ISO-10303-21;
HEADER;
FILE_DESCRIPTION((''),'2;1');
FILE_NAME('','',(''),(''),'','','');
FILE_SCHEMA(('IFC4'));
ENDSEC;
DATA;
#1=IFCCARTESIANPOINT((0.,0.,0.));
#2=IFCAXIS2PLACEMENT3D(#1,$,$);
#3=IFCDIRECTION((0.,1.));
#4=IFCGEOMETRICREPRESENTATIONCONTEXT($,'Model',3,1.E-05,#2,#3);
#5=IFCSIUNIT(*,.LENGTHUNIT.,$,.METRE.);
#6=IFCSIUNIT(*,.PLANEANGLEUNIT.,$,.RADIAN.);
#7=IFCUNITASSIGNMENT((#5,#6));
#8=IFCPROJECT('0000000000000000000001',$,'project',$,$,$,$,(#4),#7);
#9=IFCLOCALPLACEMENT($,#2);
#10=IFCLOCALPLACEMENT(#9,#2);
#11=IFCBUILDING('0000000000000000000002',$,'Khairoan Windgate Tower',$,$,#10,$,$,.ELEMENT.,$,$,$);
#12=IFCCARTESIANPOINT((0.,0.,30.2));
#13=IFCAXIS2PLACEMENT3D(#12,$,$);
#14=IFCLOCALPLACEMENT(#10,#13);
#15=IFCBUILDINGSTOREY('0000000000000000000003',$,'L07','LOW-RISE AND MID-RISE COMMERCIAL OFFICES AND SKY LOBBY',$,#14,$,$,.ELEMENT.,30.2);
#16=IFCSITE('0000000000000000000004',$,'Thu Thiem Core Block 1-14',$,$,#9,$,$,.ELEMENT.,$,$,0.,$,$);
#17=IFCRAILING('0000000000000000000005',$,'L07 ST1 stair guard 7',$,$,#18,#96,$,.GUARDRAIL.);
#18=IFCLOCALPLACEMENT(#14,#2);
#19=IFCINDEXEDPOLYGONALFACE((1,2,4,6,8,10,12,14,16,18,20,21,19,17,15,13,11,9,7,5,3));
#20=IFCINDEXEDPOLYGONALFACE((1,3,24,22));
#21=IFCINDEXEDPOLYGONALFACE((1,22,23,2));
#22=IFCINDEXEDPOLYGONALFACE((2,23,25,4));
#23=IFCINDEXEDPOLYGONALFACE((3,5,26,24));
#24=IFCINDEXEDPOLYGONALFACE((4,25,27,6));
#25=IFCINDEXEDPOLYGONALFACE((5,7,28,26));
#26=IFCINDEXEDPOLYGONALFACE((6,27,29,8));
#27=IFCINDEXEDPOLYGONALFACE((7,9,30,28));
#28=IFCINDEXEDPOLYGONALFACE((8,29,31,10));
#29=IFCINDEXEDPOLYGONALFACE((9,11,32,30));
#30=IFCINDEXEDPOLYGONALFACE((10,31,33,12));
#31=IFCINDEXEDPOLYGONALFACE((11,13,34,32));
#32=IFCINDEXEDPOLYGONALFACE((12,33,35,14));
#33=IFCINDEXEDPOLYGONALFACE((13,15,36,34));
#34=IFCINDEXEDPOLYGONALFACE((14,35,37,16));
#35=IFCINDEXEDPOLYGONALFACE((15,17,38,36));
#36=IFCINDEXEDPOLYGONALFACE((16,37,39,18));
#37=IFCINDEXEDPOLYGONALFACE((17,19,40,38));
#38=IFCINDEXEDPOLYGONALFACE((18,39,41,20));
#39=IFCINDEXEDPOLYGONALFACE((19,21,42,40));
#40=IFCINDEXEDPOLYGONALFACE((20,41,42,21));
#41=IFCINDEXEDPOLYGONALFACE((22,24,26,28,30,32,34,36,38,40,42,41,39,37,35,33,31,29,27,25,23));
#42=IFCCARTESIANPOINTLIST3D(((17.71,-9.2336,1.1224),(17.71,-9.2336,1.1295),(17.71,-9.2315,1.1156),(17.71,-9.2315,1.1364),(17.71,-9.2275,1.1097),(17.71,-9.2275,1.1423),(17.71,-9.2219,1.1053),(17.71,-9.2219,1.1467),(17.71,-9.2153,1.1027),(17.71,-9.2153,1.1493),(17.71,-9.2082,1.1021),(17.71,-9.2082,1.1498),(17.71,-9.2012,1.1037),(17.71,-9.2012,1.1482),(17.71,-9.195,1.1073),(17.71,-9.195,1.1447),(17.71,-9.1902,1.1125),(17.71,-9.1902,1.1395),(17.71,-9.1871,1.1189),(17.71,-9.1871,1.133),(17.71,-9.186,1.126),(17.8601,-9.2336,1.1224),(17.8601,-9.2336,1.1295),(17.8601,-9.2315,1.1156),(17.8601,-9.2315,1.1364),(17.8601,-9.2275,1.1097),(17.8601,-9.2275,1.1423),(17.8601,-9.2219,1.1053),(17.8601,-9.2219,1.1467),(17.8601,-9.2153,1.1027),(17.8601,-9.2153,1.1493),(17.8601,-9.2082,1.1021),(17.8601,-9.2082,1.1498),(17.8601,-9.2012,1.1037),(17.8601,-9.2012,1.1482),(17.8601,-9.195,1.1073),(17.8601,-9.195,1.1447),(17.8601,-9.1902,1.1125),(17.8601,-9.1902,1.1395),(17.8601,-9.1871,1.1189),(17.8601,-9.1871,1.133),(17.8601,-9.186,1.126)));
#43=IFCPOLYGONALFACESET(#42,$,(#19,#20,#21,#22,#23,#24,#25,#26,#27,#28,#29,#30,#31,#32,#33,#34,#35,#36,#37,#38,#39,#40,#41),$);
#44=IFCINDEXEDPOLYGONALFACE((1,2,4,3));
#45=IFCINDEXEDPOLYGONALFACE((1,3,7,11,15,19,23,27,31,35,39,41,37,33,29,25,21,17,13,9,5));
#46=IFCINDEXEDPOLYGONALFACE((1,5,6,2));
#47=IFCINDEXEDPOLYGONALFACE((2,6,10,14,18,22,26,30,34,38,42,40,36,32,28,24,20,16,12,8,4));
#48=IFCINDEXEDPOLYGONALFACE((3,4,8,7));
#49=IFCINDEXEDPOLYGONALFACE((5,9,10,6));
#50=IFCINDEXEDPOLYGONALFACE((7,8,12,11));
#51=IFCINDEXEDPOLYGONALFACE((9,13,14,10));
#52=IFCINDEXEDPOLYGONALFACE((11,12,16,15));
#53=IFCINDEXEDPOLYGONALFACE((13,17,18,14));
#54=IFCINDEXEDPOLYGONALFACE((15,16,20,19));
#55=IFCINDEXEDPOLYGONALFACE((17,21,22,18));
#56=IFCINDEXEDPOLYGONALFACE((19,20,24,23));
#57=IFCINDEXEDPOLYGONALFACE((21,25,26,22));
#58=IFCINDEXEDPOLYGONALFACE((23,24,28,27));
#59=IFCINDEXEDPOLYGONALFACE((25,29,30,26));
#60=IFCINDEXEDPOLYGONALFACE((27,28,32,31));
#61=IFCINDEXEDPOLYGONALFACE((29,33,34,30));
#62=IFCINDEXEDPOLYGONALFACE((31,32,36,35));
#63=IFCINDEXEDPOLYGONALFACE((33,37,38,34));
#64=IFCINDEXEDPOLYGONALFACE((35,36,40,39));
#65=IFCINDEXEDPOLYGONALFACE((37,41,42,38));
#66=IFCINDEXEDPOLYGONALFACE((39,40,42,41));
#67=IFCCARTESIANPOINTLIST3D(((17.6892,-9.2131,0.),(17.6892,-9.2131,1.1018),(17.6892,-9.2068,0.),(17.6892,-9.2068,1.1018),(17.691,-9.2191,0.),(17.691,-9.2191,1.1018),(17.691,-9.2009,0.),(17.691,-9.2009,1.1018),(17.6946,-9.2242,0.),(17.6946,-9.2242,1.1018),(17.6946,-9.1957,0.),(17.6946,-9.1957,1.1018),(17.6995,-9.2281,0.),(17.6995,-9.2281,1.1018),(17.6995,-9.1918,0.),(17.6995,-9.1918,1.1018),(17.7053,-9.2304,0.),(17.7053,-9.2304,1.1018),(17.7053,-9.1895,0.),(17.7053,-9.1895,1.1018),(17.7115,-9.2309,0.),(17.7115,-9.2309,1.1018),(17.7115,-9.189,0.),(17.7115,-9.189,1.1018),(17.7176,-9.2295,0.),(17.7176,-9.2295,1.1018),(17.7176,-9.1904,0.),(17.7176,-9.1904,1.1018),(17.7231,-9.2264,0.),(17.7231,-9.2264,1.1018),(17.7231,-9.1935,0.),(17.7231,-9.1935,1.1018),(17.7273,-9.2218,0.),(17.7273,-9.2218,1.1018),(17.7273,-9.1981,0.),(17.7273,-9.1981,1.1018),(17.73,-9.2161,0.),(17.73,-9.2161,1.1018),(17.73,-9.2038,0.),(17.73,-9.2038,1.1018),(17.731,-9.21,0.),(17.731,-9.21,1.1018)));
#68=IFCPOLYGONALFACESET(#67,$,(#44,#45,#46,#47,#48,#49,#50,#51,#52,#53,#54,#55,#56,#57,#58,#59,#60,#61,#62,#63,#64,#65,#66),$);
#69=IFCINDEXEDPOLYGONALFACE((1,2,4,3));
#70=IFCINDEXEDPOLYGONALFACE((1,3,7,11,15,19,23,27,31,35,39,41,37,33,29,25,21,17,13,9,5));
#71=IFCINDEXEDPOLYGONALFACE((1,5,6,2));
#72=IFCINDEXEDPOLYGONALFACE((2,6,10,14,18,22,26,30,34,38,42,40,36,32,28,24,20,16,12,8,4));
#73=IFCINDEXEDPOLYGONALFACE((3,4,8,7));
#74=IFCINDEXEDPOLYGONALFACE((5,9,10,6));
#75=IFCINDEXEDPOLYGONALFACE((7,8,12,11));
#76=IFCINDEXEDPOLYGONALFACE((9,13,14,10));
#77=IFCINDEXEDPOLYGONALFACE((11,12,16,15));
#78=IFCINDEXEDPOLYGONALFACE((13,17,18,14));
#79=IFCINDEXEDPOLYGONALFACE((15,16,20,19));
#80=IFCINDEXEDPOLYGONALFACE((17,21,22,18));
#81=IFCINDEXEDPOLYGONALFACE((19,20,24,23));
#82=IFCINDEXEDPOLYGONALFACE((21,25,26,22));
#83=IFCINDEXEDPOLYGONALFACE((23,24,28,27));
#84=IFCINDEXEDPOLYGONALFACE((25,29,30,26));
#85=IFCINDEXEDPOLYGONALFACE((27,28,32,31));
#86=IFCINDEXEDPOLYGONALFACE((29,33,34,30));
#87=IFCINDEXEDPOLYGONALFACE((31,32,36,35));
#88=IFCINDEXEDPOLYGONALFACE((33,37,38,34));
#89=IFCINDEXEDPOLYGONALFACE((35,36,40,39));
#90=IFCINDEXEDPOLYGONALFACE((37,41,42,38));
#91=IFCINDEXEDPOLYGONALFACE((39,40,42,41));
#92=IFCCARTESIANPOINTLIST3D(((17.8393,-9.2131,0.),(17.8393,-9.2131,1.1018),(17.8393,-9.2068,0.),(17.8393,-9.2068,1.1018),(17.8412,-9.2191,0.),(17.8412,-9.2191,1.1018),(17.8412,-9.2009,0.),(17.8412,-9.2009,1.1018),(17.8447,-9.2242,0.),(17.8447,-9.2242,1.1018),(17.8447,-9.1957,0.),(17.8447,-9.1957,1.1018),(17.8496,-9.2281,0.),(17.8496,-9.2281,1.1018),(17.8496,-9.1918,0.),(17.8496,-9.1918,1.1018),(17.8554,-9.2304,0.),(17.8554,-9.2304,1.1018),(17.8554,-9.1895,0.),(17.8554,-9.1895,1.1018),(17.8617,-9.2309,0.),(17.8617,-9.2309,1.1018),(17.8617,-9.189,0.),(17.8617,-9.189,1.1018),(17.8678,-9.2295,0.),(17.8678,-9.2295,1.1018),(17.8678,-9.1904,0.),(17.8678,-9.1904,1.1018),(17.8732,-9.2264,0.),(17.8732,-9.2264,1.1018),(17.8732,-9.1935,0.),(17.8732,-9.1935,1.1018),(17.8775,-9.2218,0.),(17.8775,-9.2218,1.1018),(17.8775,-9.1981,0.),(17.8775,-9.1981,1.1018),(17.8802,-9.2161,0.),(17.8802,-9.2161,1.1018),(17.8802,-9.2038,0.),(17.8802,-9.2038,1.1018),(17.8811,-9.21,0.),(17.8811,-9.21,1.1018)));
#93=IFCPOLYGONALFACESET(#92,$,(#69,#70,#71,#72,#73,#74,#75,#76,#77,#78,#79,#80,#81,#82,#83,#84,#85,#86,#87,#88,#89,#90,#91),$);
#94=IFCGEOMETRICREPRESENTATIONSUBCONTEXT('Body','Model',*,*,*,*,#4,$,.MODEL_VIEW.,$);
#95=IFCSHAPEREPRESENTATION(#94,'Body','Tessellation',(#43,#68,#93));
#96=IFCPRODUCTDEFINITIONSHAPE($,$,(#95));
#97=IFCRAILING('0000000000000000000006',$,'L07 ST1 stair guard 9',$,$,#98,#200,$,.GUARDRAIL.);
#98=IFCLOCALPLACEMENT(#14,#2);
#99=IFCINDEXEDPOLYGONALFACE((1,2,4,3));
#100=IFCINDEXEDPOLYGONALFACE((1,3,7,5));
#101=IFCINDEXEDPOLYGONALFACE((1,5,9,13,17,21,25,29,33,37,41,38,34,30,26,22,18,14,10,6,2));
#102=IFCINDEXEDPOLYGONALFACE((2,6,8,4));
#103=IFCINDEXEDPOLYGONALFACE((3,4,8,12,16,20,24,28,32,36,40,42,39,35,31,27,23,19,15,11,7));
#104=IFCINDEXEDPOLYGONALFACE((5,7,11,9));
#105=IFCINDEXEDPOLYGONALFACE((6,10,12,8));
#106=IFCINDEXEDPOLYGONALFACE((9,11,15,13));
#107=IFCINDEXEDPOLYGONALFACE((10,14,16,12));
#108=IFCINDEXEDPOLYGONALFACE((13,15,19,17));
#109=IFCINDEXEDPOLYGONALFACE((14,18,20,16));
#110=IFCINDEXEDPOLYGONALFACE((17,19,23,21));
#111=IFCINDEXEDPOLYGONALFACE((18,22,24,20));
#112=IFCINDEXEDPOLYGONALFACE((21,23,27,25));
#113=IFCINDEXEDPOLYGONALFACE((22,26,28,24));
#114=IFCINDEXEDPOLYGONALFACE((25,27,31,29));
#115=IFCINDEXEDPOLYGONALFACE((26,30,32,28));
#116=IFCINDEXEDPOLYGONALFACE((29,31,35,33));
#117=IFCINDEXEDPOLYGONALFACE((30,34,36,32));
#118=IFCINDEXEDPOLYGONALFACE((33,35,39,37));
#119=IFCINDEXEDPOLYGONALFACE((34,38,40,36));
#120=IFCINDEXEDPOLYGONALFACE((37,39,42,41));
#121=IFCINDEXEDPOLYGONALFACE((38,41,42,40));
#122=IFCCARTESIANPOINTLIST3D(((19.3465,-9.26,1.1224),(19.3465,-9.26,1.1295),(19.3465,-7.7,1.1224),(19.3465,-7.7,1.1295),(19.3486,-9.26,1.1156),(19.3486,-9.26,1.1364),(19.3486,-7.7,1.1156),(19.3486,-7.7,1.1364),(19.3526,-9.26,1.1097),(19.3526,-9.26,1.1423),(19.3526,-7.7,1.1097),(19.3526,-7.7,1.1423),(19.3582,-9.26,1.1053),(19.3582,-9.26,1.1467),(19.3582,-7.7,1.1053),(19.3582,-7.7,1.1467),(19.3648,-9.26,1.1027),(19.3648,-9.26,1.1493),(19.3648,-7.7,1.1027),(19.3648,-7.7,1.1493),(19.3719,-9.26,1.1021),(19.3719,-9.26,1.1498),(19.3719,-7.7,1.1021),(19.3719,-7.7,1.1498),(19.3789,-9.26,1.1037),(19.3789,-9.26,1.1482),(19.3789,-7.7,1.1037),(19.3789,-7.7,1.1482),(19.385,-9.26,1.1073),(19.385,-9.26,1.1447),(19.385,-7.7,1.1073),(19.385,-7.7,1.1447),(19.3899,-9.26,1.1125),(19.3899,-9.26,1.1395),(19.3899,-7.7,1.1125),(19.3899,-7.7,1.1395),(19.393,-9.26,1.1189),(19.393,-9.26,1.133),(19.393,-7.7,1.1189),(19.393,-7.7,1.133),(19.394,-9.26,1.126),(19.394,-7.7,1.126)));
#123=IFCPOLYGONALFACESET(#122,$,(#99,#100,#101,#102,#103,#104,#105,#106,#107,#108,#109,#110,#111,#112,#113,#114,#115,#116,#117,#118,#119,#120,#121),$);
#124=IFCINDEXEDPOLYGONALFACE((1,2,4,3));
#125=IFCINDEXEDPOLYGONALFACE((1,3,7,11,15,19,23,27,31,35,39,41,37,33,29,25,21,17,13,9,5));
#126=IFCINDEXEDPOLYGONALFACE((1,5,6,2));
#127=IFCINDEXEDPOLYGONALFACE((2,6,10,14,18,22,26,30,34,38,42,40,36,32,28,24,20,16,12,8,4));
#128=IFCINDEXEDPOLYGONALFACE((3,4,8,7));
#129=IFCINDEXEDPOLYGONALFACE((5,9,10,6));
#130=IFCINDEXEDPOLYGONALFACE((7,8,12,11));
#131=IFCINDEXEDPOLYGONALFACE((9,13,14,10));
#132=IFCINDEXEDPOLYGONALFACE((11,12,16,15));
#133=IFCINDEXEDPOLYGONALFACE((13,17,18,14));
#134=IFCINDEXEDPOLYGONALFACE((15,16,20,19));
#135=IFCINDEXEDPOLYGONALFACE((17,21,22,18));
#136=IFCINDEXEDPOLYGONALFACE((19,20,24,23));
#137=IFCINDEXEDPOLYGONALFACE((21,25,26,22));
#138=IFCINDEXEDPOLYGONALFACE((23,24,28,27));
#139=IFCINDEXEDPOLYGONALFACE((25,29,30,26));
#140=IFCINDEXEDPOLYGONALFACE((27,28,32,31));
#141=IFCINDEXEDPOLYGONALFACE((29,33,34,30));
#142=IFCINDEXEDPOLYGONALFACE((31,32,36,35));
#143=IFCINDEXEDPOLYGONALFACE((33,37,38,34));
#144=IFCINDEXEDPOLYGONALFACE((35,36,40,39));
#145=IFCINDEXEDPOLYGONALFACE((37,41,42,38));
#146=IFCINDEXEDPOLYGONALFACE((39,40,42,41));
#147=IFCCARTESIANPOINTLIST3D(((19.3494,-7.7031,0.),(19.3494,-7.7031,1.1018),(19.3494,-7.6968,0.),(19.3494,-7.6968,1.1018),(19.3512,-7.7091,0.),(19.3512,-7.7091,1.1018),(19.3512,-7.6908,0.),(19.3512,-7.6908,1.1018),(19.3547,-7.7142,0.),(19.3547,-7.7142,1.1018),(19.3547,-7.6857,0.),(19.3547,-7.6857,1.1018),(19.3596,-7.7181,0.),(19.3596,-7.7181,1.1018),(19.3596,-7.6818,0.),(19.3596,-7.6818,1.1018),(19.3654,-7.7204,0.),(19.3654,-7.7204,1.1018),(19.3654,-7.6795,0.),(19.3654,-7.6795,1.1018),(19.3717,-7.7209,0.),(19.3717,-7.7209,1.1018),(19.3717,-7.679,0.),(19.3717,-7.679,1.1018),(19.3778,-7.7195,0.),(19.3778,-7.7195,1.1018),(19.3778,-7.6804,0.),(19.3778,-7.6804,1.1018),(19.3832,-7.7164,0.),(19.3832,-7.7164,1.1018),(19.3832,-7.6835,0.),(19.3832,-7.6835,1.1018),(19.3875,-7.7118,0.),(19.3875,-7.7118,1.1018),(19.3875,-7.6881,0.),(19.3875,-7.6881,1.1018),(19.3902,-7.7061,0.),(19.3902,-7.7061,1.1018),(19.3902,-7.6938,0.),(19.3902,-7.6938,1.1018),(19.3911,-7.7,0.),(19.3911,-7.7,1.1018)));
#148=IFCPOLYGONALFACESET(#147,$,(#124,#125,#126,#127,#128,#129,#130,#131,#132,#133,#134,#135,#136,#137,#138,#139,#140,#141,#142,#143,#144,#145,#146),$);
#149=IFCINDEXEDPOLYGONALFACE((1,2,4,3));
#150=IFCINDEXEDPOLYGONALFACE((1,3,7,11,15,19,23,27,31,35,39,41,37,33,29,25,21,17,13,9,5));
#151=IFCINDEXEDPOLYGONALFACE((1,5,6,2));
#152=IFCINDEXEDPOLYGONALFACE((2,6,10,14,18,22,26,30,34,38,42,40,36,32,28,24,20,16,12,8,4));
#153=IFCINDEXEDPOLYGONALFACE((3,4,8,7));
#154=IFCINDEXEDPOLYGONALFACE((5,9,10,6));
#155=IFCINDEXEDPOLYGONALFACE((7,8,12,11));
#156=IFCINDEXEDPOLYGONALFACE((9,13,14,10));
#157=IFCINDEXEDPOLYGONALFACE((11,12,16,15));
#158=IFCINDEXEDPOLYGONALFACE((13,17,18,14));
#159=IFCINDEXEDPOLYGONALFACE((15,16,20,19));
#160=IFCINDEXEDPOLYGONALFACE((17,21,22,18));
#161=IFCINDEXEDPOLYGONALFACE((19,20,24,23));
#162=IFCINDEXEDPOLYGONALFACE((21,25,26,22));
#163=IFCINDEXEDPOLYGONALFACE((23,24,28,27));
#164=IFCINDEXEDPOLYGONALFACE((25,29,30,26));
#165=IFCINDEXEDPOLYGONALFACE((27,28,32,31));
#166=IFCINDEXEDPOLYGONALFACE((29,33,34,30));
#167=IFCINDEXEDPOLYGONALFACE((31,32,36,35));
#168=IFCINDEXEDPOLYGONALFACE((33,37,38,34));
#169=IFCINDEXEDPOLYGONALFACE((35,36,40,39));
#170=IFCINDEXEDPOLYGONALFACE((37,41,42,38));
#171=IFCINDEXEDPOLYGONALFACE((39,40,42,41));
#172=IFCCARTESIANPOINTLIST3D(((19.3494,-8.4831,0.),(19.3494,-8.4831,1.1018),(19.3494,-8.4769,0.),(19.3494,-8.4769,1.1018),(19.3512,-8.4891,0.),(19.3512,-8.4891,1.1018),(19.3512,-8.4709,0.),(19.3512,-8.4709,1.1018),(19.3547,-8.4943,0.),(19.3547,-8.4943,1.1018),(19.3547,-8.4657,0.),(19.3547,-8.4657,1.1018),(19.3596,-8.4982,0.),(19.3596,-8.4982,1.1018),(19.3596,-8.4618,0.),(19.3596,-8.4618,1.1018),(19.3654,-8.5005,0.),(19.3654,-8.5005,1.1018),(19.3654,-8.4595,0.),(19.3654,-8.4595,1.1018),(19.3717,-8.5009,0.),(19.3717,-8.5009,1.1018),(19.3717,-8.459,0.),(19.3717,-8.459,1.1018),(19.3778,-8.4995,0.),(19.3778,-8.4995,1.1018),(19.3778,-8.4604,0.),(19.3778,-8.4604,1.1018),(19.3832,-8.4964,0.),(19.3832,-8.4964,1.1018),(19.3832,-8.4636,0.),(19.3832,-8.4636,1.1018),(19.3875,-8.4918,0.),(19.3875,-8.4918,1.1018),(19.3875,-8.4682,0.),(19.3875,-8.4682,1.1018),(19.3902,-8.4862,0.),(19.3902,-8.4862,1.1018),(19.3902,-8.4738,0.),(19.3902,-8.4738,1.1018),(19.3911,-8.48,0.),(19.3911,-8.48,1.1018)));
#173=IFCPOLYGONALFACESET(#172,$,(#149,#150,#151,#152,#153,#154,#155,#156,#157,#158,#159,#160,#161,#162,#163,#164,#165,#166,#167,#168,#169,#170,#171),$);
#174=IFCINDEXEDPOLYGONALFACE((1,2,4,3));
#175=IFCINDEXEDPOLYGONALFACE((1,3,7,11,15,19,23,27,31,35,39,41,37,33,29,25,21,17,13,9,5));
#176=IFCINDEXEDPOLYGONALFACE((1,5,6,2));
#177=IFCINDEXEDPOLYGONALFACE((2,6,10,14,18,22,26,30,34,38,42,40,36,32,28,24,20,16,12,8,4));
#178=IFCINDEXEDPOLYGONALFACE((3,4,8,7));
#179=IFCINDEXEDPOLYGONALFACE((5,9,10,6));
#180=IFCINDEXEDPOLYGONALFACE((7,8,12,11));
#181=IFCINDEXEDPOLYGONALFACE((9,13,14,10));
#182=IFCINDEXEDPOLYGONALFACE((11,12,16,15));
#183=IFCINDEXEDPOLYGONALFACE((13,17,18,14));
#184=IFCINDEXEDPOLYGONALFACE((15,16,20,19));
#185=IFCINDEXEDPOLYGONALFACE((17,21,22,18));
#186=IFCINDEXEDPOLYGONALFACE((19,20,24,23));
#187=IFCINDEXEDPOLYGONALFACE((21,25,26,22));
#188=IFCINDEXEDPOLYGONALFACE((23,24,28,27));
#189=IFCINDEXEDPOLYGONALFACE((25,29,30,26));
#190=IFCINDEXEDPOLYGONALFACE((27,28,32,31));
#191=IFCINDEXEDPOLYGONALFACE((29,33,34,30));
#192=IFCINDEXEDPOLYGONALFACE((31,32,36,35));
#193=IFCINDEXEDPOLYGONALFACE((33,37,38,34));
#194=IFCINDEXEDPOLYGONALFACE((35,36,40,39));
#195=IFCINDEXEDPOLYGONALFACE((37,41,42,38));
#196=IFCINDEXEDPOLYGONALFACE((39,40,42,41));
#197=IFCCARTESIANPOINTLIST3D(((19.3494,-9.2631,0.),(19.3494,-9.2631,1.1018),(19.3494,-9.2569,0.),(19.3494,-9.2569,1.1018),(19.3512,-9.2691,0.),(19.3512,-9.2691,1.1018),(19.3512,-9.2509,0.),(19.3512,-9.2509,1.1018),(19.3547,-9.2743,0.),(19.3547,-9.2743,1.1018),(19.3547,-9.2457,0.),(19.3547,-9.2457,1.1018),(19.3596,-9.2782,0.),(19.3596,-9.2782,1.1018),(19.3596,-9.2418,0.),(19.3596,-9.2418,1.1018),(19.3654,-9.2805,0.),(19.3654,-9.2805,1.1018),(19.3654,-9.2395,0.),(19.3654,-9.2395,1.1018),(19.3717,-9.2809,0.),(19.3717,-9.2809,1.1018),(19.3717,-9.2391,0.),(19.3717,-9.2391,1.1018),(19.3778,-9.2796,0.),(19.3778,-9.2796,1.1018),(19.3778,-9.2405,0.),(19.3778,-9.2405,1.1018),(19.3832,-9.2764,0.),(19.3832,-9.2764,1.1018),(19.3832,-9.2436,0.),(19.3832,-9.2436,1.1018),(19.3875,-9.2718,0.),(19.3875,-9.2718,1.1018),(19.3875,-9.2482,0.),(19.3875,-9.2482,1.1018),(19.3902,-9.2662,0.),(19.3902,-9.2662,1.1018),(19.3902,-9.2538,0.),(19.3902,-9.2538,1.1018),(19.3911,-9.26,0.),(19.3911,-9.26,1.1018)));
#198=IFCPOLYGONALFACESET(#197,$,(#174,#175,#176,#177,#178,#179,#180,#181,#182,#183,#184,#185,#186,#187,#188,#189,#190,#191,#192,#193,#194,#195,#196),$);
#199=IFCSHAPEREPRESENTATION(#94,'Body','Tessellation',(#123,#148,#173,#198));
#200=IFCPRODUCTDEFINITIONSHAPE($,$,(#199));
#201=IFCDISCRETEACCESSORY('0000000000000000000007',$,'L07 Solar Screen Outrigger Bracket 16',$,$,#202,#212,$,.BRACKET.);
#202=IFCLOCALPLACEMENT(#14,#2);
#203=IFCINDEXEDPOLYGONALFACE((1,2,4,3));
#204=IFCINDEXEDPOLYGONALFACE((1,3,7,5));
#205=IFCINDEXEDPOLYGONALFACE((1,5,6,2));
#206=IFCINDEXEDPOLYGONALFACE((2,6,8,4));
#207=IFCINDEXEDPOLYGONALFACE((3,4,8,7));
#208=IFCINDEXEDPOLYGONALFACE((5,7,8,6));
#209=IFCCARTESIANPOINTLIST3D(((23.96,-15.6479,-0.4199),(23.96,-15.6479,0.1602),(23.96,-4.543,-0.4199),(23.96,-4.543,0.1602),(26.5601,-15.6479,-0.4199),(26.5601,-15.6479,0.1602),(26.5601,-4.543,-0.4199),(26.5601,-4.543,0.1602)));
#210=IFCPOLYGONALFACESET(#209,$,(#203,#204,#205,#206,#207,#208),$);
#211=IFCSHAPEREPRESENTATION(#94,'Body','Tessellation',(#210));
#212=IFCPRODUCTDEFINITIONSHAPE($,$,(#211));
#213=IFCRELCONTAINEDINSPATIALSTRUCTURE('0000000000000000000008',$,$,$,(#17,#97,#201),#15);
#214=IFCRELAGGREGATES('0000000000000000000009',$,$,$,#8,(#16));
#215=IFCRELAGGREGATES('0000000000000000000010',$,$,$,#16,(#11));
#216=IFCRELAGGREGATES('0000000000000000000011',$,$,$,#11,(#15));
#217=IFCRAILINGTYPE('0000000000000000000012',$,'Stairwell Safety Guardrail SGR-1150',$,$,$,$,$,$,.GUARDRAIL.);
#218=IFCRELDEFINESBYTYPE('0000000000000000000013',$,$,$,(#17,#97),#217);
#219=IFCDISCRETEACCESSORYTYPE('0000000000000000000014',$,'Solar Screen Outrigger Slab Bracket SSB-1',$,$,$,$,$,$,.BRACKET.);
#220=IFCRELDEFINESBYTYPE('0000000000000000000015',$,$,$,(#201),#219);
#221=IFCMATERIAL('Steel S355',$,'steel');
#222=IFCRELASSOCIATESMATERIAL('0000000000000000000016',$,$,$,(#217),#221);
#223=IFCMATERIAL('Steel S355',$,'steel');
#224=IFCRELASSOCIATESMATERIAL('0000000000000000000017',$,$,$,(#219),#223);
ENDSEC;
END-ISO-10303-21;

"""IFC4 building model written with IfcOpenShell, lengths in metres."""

from ifc_helpers import new_model, si_unit, direction, frame, origin, origin_2d, place, context, subcontext, project, spatial, rectangle, circle, extrude, material, type_object, element, save


model = new_model("IFC4")

# Units and contexts
model_context = context("Model", 3, precision=1e-05, world=origin(), true_north=direction((0.0, 1.0)))
body_context = subcontext(model_context, "Body", "Model", "MODEL_VIEW")
ifc_project = project(units=[si_unit("LENGTHUNIT", "METRE"), si_unit("PLANEANGLEUNIT", "RADIAN")], contexts=[model_context])

# Site, building, storey
site_placement = place(None, origin())
site = spatial("IfcSite", under=ifc_project, at=site_placement, Name="Thu Thiem Core Block 1-14", CompositionType="ELEMENT", RefElevation=0.0)
building_placement = place(site_placement, origin())
building = spatial("IfcBuilding", under=site, at=building_placement, Name="Khairoan Windgate Tower", CompositionType="ELEMENT")
storey_placement = place(building_placement, frame((0.0, 0.0, 30.2)))
storey = spatial("IfcBuildingStorey", under=building, at=storey_placement, Name="L07", Description="LOW-RISE AND MID-RISE COMMERCIAL OFFICES AND SKY LOBBY", CompositionType="ELEMENT", Elevation=30.2)

# Railings
ifc_material_1 = material(Name="Steel S355", Category="steel")
railing_type_1 = type_object("IfcRailingType", Name="Stairwell Safety Guardrail SGR-1150", PredefinedType="GUARDRAIL", material=ifc_material_1)
railing_1_placement = place(storey_placement, frame((17.71, -9.21, 0.0)))
element("IfcRailing", 1, at=railing_1_placement, inside=storey, type_object=railing_type_1, Name="L07 ST1 stair guard 7", PredefinedType="GUARDRAIL", context=body_context, shape_type="SweptSolid", body=[
    extrude(circle(Radius=0.0239, at=origin_2d()), frame((0.0, 0.0, 1.126), z_axis=(1.0, 0.0, 0.0), x_axis=(0.0, 1.0, 0.0)), (0.0, 0.0, 1.0), 0.1501),
    extrude(circle(Radius=0.021, at=origin_2d()), origin(), (0.0, 0.0, 1.0), 1.1018),
    extrude(circle(Radius=0.021, at=origin_2d()), frame((0.1501, 0.0, 0.0)), (0.0, 0.0, 1.0), 1.1018),
])
railing_2_placement = place(storey_placement, frame((19.3701, -7.7, 0.0)))
element("IfcRailing", 2, at=railing_2_placement, inside=storey, type_object=railing_type_1, Name="L07 ST1 stair guard 9", PredefinedType="GUARDRAIL", context=body_context, shape_type="SweptSolid", body=[
    extrude(circle(Radius=0.0239, at=origin_2d()), frame((0.0, 0.0, 1.126), z_axis=(0.0, -1.0, 0.0), x_axis=(1.0, 0.0, 0.0)), (0.0, 0.0, 1.0), 1.5601),
    extrude(circle(Radius=0.021, at=origin_2d()), origin(), (0.0, 0.0, 1.0), 1.1018),
    extrude(circle(Radius=0.021, at=origin_2d()), frame((0.0, -0.78, 0.0)), (0.0, 0.0, 1.0), 1.1018),
    extrude(circle(Radius=0.021, at=origin_2d()), frame((0.0, -1.5601, 0.0)), (0.0, 0.0, 1.0), 1.1018),
])

# Discrete accessory
ifc_material_2 = material(Name="Steel S355", Category="steel")
discrete_accessory_type = type_object("IfcDiscreteAccessoryType", Name="Solar Screen Outrigger Slab Bracket SSB-1", PredefinedType="BRACKET", material=ifc_material_2)
discrete_accessory_placement = place(storey_placement, frame((25.26, -10.0955, -0.4199), z_axis=(0.0, 0.0, 1.0), x_axis=(0.0, -1.0, 0.0)))
element("IfcDiscreteAccessory", 3, at=discrete_accessory_placement, inside=storey, type_object=discrete_accessory_type, Name="L07 Solar Screen Outrigger Bracket 16", PredefinedType="BRACKET", context=body_context, shape_type="SweptSolid", body=[
    extrude(rectangle(XDim=11.105, YDim=2.6001, at=origin_2d()), origin(), (0.0, 0.0, 1.0), 0.5801),
])

save(model, "model.ifc")
